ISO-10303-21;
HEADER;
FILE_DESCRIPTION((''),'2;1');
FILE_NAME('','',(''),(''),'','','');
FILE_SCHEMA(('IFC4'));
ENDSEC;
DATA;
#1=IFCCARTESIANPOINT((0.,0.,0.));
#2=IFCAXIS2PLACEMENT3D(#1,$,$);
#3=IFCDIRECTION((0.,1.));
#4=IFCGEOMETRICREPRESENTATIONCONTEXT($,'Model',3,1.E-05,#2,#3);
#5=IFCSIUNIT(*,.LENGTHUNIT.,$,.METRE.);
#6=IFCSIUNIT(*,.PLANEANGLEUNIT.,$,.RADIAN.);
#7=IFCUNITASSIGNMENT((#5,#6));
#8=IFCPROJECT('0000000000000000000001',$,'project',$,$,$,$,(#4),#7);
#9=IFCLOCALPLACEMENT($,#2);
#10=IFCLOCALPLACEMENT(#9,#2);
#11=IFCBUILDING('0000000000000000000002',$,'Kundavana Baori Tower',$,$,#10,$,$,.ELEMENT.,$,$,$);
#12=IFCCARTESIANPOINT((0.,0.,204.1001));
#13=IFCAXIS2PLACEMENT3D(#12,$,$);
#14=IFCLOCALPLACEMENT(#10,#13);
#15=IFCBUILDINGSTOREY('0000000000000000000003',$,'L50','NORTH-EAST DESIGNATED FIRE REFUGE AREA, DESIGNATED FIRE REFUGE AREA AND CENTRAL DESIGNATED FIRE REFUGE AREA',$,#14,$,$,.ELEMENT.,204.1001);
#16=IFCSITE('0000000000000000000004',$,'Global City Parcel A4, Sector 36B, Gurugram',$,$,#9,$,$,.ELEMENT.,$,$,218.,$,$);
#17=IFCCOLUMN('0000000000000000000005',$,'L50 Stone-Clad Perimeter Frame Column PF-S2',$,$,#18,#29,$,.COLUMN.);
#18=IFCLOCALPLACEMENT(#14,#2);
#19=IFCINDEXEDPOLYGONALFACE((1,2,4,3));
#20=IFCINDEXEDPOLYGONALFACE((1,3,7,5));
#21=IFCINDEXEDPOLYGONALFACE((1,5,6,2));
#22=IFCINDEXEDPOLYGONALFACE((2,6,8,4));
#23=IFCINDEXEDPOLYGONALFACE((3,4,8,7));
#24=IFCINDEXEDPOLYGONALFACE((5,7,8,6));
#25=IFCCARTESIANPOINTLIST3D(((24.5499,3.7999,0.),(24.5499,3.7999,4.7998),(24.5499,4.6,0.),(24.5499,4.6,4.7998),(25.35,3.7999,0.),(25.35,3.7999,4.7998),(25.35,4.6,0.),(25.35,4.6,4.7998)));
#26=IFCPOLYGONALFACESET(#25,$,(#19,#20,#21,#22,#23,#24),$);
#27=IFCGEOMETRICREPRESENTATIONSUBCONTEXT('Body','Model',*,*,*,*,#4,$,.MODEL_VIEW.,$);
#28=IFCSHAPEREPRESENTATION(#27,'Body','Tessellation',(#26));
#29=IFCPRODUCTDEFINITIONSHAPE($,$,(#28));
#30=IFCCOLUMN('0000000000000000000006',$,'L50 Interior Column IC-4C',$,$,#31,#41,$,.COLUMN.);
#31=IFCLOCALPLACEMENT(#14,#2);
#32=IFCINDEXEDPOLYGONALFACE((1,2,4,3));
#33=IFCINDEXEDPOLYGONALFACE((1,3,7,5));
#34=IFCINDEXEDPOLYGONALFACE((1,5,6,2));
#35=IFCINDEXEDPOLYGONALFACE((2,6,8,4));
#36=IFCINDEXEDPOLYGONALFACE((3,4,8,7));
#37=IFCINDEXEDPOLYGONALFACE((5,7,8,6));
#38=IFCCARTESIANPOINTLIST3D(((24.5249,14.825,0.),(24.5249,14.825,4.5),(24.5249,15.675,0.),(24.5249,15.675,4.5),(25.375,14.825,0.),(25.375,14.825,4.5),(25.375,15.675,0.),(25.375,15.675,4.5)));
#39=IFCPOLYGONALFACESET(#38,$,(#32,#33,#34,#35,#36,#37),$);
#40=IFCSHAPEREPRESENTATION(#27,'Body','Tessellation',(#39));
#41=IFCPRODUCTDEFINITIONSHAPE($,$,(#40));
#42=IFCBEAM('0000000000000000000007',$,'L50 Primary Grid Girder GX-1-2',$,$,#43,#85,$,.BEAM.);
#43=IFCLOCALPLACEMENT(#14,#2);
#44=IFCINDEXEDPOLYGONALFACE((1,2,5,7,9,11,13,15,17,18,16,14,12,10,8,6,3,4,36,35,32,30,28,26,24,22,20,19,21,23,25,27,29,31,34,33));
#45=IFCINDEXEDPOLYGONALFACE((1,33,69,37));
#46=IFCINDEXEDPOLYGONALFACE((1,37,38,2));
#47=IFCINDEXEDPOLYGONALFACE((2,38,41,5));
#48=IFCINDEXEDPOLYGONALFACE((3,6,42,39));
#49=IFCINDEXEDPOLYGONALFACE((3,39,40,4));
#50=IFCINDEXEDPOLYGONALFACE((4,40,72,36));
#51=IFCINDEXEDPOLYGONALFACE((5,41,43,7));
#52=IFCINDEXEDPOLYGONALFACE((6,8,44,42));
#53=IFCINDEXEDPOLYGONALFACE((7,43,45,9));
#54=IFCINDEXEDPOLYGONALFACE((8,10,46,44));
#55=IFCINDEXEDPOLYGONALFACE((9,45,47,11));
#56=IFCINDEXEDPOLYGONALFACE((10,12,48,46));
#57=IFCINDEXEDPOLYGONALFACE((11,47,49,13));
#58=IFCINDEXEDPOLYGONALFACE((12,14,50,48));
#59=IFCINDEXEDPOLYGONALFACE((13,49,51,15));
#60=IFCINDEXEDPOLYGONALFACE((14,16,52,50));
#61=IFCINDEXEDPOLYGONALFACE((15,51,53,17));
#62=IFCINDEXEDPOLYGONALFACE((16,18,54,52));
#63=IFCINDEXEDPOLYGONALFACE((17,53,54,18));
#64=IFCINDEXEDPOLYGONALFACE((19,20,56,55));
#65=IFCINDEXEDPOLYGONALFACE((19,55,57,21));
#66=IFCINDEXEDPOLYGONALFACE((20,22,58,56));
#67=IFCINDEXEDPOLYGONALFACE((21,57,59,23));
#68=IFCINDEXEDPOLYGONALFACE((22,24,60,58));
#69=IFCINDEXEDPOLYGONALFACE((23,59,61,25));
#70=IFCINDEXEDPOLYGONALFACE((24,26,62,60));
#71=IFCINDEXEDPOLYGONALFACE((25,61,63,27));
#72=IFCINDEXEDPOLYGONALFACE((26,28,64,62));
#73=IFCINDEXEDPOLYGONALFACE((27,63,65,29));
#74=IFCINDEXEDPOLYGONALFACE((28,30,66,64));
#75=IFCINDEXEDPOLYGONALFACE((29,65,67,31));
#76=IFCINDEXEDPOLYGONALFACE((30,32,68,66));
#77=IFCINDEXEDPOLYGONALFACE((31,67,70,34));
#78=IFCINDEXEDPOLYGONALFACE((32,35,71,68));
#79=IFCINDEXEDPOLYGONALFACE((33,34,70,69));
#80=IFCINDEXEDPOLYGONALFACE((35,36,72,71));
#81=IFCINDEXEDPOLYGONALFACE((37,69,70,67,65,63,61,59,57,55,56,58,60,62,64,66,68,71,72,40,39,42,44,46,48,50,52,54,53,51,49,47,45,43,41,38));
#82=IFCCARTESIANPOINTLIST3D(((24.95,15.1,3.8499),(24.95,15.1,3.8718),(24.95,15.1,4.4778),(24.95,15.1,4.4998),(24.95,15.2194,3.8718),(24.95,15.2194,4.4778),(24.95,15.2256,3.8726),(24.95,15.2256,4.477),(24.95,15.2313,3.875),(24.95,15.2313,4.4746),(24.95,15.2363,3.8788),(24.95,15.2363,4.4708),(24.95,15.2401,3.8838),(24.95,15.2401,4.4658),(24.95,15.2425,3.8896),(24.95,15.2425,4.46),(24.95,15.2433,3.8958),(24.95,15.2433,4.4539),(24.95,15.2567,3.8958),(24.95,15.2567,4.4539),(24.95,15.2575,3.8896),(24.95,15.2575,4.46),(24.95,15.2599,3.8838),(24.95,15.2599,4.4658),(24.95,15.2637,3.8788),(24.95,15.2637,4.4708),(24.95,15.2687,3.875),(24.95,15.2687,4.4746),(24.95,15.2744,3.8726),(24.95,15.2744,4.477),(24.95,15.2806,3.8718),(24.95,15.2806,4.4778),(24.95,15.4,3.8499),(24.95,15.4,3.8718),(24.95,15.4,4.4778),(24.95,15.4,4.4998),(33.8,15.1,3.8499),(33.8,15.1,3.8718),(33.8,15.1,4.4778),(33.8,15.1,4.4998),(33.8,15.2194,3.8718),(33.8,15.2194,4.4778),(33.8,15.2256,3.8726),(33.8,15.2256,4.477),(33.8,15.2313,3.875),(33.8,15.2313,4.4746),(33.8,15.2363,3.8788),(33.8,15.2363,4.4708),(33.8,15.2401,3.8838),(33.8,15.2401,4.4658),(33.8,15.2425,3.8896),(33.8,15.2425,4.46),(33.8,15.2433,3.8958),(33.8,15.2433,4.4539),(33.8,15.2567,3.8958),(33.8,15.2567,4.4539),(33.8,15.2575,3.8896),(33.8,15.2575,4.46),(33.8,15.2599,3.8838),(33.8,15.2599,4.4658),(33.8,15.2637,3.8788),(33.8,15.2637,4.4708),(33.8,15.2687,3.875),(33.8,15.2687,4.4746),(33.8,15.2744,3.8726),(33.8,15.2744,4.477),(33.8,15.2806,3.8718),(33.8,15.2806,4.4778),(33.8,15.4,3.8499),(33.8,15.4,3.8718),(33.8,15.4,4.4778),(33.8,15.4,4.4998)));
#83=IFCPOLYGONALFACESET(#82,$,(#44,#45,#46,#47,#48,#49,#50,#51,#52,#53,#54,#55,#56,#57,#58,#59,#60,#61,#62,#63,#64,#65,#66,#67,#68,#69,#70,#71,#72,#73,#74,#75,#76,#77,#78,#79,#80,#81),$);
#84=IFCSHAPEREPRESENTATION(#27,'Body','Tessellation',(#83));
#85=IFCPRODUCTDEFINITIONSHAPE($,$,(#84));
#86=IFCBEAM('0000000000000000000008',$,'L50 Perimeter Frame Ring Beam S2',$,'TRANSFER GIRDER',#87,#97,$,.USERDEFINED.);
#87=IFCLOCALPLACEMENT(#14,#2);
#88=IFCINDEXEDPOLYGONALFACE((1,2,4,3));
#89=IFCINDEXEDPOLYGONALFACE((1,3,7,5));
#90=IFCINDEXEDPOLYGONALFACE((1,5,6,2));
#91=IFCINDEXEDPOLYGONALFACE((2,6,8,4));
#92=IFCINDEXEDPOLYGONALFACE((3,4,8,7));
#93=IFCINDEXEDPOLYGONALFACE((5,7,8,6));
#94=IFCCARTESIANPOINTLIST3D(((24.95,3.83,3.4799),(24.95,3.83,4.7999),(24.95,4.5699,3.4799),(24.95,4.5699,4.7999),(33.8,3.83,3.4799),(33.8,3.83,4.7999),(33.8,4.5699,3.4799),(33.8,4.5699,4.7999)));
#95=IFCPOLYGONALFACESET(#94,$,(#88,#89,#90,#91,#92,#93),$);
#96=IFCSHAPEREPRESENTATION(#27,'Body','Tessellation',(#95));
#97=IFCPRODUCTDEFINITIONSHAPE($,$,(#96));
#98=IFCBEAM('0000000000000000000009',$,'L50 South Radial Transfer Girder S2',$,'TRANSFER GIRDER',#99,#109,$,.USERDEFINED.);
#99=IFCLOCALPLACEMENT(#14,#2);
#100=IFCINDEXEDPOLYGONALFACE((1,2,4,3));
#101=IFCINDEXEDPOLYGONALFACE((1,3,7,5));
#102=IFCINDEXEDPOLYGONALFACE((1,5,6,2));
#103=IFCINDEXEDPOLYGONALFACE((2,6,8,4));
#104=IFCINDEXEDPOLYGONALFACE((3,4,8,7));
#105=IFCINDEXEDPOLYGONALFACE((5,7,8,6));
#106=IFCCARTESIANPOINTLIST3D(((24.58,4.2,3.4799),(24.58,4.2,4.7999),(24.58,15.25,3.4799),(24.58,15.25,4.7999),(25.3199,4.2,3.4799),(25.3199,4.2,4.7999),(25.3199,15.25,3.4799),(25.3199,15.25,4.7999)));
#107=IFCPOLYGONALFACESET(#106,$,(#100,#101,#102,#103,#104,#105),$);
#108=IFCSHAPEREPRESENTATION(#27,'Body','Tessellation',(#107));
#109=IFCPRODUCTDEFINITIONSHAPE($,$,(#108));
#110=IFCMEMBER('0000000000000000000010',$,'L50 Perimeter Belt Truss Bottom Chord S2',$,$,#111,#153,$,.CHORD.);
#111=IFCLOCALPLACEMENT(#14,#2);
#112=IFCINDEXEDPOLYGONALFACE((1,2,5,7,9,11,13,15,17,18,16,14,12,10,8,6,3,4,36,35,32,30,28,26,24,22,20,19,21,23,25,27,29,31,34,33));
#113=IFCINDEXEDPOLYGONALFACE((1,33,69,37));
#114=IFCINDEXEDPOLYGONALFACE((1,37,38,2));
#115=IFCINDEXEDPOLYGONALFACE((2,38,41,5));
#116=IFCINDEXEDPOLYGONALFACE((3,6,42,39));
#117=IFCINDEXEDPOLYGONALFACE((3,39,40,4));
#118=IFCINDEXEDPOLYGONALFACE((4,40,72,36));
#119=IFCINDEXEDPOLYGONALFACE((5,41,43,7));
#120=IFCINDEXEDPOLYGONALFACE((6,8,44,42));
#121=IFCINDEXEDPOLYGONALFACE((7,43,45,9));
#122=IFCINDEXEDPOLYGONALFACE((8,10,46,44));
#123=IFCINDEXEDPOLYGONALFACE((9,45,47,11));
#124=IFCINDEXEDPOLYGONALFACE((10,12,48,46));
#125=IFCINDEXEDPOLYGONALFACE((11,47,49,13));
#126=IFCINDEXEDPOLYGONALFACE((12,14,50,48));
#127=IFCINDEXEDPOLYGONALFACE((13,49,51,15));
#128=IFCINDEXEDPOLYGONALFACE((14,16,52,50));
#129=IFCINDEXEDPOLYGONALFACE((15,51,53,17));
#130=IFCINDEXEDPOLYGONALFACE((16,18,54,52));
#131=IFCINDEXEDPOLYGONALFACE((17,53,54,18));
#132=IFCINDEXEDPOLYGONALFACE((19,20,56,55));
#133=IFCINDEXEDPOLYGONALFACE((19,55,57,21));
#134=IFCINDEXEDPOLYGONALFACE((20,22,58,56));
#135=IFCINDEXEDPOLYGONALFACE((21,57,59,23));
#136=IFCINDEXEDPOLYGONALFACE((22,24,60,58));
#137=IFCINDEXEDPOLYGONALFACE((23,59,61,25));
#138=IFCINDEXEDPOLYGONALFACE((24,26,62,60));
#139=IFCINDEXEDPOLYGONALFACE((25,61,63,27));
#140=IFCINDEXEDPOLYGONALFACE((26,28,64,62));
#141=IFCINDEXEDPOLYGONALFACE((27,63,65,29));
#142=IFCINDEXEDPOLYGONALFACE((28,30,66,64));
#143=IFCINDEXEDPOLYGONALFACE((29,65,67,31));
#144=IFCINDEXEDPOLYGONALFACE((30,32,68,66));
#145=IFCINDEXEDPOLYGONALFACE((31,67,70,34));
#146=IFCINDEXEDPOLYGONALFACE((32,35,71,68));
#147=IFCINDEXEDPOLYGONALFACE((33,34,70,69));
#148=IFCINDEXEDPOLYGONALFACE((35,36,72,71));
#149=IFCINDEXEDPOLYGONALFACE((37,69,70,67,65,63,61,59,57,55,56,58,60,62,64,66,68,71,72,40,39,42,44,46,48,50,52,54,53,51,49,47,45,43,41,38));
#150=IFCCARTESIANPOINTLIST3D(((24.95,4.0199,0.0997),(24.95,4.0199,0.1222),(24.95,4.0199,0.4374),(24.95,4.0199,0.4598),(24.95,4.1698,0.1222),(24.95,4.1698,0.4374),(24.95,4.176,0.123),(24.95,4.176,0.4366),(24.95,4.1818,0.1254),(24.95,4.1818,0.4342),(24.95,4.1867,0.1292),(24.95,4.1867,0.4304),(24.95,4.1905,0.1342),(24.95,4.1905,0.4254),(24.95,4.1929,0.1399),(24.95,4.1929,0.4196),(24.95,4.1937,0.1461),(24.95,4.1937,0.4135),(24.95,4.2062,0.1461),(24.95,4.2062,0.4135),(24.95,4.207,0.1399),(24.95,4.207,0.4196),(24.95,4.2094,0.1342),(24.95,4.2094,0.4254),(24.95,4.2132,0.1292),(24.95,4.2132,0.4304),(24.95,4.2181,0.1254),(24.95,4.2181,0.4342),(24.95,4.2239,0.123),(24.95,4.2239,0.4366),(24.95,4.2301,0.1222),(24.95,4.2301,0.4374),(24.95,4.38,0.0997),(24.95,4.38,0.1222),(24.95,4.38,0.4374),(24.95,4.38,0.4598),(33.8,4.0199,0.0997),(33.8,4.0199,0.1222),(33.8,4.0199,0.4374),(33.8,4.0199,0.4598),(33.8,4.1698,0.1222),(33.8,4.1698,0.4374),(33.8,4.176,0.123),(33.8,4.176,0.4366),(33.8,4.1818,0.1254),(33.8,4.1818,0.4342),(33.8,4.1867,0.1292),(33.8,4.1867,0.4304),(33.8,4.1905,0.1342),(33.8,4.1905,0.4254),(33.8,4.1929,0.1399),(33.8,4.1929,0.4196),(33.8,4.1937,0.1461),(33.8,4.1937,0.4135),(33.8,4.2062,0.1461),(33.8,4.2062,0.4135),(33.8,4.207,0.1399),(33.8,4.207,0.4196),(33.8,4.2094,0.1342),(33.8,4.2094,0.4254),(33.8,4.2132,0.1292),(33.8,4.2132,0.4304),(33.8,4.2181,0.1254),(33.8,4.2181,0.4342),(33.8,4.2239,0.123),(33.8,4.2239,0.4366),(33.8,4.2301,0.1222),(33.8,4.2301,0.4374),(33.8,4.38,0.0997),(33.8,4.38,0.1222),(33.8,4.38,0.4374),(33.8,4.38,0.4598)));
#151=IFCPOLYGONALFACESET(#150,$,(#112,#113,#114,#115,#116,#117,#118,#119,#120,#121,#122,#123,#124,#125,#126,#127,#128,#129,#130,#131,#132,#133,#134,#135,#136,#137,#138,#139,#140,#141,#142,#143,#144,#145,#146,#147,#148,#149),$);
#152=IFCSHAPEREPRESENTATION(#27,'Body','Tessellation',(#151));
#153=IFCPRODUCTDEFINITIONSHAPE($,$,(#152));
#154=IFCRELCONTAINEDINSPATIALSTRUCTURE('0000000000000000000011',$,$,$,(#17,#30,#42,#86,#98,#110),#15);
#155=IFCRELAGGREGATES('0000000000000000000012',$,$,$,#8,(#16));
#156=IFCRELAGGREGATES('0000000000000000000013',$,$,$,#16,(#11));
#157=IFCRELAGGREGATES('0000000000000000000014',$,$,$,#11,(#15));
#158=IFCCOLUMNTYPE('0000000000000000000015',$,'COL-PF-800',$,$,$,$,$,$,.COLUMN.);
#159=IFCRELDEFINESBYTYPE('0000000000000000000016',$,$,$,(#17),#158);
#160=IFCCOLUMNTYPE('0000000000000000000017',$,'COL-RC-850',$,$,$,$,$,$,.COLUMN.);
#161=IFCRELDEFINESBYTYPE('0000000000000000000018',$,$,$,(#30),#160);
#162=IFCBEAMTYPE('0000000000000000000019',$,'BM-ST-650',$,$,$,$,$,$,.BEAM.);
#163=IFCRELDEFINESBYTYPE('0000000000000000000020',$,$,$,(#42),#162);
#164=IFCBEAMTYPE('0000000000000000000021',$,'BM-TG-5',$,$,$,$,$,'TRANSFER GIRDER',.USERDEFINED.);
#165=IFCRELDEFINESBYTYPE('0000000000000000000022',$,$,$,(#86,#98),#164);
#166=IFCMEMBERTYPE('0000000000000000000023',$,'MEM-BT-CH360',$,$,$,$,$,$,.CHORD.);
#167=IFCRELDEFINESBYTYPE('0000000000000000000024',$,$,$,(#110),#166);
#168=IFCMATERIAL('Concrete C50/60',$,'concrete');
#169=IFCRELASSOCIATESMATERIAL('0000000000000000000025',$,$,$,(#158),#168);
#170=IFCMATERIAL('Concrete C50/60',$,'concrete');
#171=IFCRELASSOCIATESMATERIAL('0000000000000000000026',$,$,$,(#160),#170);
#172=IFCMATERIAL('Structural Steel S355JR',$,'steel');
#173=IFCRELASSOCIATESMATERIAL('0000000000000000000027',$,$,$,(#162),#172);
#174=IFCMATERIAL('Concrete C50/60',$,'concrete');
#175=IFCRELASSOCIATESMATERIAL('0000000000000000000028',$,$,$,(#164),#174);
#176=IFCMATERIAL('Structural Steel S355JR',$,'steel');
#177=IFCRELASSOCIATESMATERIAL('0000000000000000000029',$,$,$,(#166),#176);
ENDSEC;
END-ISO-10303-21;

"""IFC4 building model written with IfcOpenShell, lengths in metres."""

from ifc_helpers import new_model, si_unit, direction, frame, origin, origin_2d, place, context, subcontext, project, spatial, rectangle, i_section, extrude, material, material_profile, profile_set, type_object, element, save


model = new_model("IFC4")

# Units and contexts
model_context = context("Model", 3, precision=1e-05, world=origin(), true_north=direction((0.0, 1.0)))
body_context = subcontext(model_context, "Body", "Model", "MODEL_VIEW")
ifc_project = project(units=[si_unit("LENGTHUNIT", "METRE"), si_unit("PLANEANGLEUNIT", "RADIAN")], contexts=[model_context])

# Site, building, storey
site_placement = place(None, origin())
site = spatial("IfcSite", under=ifc_project, at=site_placement, Name="Global City Parcel A4, Sector 36B, Gurugram", CompositionType="ELEMENT", RefElevation=218.0)
building_placement = place(site_placement, origin())
building = spatial("IfcBuilding", under=site, at=building_placement, Name="Kundavana Baori Tower", CompositionType="ELEMENT")
storey_placement = place(building_placement, frame((0.0, 0.0, 204.1001)))
storey = spatial("IfcBuildingStorey", under=building, at=storey_placement, Name="L50", Description="NORTH-EAST DESIGNATED FIRE REFUGE AREA, DESIGNATED FIRE REFUGE AREA AND CENTRAL DESIGNATED FIRE REFUGE AREA", CompositionType="ELEMENT", Elevation=204.1001)

# Columns
ifc_material_1 = material(Name="Concrete C50/60", Category="concrete")
ifc_material_profile_1 = material_profile(ifc_material_1, rectangle(XDim=0.8, YDim=0.8, at=origin_2d()), Name="RC PF 800x800")
ifc_profile_set_1 = profile_set([ifc_material_profile_1], Name="Concrete C50/60")
column_type_1 = type_object("IfcColumnType", Name="COL-PF-800", PredefinedType="COLUMN", material=ifc_profile_set_1)
column_1_placement = place(storey_placement, frame((24.95, 4.2, 0.0), z_axis=(0.0, 0.0, 1.0), x_axis=(1.0, 0.0, 0.0)))
element("IfcColumn", 1, at=column_1_placement, inside=storey, type_object=column_type_1, Name="L50 Stone-Clad Perimeter Frame Column PF-S2", PredefinedType="COLUMN", context=body_context, shape_type="SweptSolid", body=[
    extrude(rectangle(XDim=0.8, YDim=0.8, at=origin_2d()), origin(), (0.0, 0.0, 1.0), 4.7998),
])
ifc_material_2 = material(Name="Concrete C50/60", Category="concrete")
ifc_material_profile_2 = material_profile(ifc_material_2, rectangle(XDim=0.8501, YDim=0.8501, at=origin_2d()), Name="RC 850x850")
ifc_profile_set_2 = profile_set([ifc_material_profile_2], Name="Concrete C50/60")
column_type_2 = type_object("IfcColumnType", Name="COL-RC-850", PredefinedType="COLUMN", material=ifc_profile_set_2)
column_2_placement = place(storey_placement, frame((24.95, 15.25, 0.0), z_axis=(0.0, 0.0, 1.0), x_axis=(1.0, 0.0, 0.0)))
element("IfcColumn", 2, at=column_2_placement, inside=storey, type_object=column_type_2, Name="L50 Interior Column IC-4C", PredefinedType="COLUMN", context=body_context, shape_type="SweptSolid", body=[
    extrude(rectangle(XDim=0.8501, YDim=0.8501, at=origin_2d()), origin(), (0.0, 0.0, 1.0), 4.5),
])

# Beams
ifc_material_3 = material(Name="Structural Steel S355JR", Category="steel")
ifc_material_profile_3 = material_profile(ifc_material_3, i_section(OverallWidth=0.3, OverallDepth=0.6499, WebThickness=0.0134, FlangeThickness=0.022, FilletRadius=0.0239, at=origin_2d()), Name="NPB 650x300x155")
ifc_profile_set_3 = profile_set([ifc_material_profile_3], Name="Structural Steel S355JR")
beam_type_1 = type_object("IfcBeamType", Name="BM-ST-650", PredefinedType="BEAM", material=ifc_profile_set_3)
beam_1_placement = place(storey_placement, frame((24.95, 15.25, 4.1748), z_axis=(1.0, 0.0, 0.0), x_axis=(0.0, 1.0, 0.0)))
element("IfcBeam", 3, at=beam_1_placement, inside=storey, type_object=beam_type_1, Name="L50 Primary Grid Girder GX-1-2", PredefinedType="BEAM", context=body_context, shape_type="SweptSolid", body=[
    extrude(i_section(OverallWidth=0.3, OverallDepth=0.6499, WebThickness=0.0134, FlangeThickness=0.022, FilletRadius=0.0239, at=origin_2d()), origin(), (0.0, 0.0, 1.0), 8.8501),
])
ifc_material_4 = material(Name="Concrete C50/60", Category="concrete")
ifc_material_profile_4 = material_profile(ifc_material_4, rectangle(XDim=0.74, YDim=1.3201, at=origin_2d()), Name="BM-TG-5")
ifc_profile_set_4 = profile_set([ifc_material_profile_4], Name="Concrete C50/60")
beam_type_2 = type_object("IfcBeamType", Name="BM-TG-5", ElementType="TRANSFER GIRDER", PredefinedType="USERDEFINED", material=ifc_profile_set_4)
beam_2_placement = place(storey_placement, frame((24.95, 4.2, 4.1399), z_axis=(1.0, 0.0, 0.0), x_axis=(0.0, 1.0, 0.0)))
element("IfcBeam", 4, at=beam_2_placement, inside=storey, type_object=beam_type_2, Name="L50 Perimeter Frame Ring Beam S2", ObjectType="TRANSFER GIRDER", PredefinedType="USERDEFINED", context=body_context, shape_type="SweptSolid", body=[
    extrude(rectangle(XDim=0.74, YDim=1.3201, at=origin_2d()), origin(), (0.0, 0.0, 1.0), 8.8501),
])
beam_3_placement = place(storey_placement, frame((24.95, 15.25, 4.1399), z_axis=(0.0, -1.0, 0.0), x_axis=(1.0, 0.0, 0.0)))
element("IfcBeam", 5, at=beam_3_placement, inside=storey, type_object=beam_type_2, Name="L50 South Radial Transfer Girder S2", ObjectType="TRANSFER GIRDER", PredefinedType="USERDEFINED", context=body_context, shape_type="SweptSolid", body=[
    extrude(rectangle(XDim=0.74, YDim=1.3201, at=origin_2d()), origin(), (0.0, 0.0, 1.0), 11.05),
])

# Member
ifc_material_5 = material(Name="Structural Steel S355JR", Category="steel")
ifc_material_profile_5 = material_profile(ifc_material_5, i_section(OverallWidth=0.3601, OverallDepth=0.3601, WebThickness=0.0125, FlangeThickness=0.0225, FilletRadius=0.0239, at=origin_2d()), Name="WPB 360x360x142")
ifc_profile_set_5 = profile_set([ifc_material_profile_5], Name="Structural Steel S355JR")
member_type_1 = type_object("IfcMemberType", Name="MEM-BT-CH360", PredefinedType="CHORD", material=ifc_profile_set_5)
member_1_placement = place(storey_placement, frame((24.95, 4.2, 0.2798), z_axis=(1.0, 0.0, 0.0), x_axis=(0.0, 1.0, 0.0)))
element("IfcMember", 6, at=member_1_placement, inside=storey, type_object=member_type_1, Name="L50 Perimeter Belt Truss Bottom Chord S2", PredefinedType="CHORD", context=body_context, shape_type="SweptSolid", body=[
    extrude(i_section(OverallWidth=0.3601, OverallDepth=0.3601, WebThickness=0.0125, FlangeThickness=0.0225, FilletRadius=0.0239, at=origin_2d()), origin(), (0.0, 0.0, 1.0), 8.8501),
])

save(model, "model.ifc")
